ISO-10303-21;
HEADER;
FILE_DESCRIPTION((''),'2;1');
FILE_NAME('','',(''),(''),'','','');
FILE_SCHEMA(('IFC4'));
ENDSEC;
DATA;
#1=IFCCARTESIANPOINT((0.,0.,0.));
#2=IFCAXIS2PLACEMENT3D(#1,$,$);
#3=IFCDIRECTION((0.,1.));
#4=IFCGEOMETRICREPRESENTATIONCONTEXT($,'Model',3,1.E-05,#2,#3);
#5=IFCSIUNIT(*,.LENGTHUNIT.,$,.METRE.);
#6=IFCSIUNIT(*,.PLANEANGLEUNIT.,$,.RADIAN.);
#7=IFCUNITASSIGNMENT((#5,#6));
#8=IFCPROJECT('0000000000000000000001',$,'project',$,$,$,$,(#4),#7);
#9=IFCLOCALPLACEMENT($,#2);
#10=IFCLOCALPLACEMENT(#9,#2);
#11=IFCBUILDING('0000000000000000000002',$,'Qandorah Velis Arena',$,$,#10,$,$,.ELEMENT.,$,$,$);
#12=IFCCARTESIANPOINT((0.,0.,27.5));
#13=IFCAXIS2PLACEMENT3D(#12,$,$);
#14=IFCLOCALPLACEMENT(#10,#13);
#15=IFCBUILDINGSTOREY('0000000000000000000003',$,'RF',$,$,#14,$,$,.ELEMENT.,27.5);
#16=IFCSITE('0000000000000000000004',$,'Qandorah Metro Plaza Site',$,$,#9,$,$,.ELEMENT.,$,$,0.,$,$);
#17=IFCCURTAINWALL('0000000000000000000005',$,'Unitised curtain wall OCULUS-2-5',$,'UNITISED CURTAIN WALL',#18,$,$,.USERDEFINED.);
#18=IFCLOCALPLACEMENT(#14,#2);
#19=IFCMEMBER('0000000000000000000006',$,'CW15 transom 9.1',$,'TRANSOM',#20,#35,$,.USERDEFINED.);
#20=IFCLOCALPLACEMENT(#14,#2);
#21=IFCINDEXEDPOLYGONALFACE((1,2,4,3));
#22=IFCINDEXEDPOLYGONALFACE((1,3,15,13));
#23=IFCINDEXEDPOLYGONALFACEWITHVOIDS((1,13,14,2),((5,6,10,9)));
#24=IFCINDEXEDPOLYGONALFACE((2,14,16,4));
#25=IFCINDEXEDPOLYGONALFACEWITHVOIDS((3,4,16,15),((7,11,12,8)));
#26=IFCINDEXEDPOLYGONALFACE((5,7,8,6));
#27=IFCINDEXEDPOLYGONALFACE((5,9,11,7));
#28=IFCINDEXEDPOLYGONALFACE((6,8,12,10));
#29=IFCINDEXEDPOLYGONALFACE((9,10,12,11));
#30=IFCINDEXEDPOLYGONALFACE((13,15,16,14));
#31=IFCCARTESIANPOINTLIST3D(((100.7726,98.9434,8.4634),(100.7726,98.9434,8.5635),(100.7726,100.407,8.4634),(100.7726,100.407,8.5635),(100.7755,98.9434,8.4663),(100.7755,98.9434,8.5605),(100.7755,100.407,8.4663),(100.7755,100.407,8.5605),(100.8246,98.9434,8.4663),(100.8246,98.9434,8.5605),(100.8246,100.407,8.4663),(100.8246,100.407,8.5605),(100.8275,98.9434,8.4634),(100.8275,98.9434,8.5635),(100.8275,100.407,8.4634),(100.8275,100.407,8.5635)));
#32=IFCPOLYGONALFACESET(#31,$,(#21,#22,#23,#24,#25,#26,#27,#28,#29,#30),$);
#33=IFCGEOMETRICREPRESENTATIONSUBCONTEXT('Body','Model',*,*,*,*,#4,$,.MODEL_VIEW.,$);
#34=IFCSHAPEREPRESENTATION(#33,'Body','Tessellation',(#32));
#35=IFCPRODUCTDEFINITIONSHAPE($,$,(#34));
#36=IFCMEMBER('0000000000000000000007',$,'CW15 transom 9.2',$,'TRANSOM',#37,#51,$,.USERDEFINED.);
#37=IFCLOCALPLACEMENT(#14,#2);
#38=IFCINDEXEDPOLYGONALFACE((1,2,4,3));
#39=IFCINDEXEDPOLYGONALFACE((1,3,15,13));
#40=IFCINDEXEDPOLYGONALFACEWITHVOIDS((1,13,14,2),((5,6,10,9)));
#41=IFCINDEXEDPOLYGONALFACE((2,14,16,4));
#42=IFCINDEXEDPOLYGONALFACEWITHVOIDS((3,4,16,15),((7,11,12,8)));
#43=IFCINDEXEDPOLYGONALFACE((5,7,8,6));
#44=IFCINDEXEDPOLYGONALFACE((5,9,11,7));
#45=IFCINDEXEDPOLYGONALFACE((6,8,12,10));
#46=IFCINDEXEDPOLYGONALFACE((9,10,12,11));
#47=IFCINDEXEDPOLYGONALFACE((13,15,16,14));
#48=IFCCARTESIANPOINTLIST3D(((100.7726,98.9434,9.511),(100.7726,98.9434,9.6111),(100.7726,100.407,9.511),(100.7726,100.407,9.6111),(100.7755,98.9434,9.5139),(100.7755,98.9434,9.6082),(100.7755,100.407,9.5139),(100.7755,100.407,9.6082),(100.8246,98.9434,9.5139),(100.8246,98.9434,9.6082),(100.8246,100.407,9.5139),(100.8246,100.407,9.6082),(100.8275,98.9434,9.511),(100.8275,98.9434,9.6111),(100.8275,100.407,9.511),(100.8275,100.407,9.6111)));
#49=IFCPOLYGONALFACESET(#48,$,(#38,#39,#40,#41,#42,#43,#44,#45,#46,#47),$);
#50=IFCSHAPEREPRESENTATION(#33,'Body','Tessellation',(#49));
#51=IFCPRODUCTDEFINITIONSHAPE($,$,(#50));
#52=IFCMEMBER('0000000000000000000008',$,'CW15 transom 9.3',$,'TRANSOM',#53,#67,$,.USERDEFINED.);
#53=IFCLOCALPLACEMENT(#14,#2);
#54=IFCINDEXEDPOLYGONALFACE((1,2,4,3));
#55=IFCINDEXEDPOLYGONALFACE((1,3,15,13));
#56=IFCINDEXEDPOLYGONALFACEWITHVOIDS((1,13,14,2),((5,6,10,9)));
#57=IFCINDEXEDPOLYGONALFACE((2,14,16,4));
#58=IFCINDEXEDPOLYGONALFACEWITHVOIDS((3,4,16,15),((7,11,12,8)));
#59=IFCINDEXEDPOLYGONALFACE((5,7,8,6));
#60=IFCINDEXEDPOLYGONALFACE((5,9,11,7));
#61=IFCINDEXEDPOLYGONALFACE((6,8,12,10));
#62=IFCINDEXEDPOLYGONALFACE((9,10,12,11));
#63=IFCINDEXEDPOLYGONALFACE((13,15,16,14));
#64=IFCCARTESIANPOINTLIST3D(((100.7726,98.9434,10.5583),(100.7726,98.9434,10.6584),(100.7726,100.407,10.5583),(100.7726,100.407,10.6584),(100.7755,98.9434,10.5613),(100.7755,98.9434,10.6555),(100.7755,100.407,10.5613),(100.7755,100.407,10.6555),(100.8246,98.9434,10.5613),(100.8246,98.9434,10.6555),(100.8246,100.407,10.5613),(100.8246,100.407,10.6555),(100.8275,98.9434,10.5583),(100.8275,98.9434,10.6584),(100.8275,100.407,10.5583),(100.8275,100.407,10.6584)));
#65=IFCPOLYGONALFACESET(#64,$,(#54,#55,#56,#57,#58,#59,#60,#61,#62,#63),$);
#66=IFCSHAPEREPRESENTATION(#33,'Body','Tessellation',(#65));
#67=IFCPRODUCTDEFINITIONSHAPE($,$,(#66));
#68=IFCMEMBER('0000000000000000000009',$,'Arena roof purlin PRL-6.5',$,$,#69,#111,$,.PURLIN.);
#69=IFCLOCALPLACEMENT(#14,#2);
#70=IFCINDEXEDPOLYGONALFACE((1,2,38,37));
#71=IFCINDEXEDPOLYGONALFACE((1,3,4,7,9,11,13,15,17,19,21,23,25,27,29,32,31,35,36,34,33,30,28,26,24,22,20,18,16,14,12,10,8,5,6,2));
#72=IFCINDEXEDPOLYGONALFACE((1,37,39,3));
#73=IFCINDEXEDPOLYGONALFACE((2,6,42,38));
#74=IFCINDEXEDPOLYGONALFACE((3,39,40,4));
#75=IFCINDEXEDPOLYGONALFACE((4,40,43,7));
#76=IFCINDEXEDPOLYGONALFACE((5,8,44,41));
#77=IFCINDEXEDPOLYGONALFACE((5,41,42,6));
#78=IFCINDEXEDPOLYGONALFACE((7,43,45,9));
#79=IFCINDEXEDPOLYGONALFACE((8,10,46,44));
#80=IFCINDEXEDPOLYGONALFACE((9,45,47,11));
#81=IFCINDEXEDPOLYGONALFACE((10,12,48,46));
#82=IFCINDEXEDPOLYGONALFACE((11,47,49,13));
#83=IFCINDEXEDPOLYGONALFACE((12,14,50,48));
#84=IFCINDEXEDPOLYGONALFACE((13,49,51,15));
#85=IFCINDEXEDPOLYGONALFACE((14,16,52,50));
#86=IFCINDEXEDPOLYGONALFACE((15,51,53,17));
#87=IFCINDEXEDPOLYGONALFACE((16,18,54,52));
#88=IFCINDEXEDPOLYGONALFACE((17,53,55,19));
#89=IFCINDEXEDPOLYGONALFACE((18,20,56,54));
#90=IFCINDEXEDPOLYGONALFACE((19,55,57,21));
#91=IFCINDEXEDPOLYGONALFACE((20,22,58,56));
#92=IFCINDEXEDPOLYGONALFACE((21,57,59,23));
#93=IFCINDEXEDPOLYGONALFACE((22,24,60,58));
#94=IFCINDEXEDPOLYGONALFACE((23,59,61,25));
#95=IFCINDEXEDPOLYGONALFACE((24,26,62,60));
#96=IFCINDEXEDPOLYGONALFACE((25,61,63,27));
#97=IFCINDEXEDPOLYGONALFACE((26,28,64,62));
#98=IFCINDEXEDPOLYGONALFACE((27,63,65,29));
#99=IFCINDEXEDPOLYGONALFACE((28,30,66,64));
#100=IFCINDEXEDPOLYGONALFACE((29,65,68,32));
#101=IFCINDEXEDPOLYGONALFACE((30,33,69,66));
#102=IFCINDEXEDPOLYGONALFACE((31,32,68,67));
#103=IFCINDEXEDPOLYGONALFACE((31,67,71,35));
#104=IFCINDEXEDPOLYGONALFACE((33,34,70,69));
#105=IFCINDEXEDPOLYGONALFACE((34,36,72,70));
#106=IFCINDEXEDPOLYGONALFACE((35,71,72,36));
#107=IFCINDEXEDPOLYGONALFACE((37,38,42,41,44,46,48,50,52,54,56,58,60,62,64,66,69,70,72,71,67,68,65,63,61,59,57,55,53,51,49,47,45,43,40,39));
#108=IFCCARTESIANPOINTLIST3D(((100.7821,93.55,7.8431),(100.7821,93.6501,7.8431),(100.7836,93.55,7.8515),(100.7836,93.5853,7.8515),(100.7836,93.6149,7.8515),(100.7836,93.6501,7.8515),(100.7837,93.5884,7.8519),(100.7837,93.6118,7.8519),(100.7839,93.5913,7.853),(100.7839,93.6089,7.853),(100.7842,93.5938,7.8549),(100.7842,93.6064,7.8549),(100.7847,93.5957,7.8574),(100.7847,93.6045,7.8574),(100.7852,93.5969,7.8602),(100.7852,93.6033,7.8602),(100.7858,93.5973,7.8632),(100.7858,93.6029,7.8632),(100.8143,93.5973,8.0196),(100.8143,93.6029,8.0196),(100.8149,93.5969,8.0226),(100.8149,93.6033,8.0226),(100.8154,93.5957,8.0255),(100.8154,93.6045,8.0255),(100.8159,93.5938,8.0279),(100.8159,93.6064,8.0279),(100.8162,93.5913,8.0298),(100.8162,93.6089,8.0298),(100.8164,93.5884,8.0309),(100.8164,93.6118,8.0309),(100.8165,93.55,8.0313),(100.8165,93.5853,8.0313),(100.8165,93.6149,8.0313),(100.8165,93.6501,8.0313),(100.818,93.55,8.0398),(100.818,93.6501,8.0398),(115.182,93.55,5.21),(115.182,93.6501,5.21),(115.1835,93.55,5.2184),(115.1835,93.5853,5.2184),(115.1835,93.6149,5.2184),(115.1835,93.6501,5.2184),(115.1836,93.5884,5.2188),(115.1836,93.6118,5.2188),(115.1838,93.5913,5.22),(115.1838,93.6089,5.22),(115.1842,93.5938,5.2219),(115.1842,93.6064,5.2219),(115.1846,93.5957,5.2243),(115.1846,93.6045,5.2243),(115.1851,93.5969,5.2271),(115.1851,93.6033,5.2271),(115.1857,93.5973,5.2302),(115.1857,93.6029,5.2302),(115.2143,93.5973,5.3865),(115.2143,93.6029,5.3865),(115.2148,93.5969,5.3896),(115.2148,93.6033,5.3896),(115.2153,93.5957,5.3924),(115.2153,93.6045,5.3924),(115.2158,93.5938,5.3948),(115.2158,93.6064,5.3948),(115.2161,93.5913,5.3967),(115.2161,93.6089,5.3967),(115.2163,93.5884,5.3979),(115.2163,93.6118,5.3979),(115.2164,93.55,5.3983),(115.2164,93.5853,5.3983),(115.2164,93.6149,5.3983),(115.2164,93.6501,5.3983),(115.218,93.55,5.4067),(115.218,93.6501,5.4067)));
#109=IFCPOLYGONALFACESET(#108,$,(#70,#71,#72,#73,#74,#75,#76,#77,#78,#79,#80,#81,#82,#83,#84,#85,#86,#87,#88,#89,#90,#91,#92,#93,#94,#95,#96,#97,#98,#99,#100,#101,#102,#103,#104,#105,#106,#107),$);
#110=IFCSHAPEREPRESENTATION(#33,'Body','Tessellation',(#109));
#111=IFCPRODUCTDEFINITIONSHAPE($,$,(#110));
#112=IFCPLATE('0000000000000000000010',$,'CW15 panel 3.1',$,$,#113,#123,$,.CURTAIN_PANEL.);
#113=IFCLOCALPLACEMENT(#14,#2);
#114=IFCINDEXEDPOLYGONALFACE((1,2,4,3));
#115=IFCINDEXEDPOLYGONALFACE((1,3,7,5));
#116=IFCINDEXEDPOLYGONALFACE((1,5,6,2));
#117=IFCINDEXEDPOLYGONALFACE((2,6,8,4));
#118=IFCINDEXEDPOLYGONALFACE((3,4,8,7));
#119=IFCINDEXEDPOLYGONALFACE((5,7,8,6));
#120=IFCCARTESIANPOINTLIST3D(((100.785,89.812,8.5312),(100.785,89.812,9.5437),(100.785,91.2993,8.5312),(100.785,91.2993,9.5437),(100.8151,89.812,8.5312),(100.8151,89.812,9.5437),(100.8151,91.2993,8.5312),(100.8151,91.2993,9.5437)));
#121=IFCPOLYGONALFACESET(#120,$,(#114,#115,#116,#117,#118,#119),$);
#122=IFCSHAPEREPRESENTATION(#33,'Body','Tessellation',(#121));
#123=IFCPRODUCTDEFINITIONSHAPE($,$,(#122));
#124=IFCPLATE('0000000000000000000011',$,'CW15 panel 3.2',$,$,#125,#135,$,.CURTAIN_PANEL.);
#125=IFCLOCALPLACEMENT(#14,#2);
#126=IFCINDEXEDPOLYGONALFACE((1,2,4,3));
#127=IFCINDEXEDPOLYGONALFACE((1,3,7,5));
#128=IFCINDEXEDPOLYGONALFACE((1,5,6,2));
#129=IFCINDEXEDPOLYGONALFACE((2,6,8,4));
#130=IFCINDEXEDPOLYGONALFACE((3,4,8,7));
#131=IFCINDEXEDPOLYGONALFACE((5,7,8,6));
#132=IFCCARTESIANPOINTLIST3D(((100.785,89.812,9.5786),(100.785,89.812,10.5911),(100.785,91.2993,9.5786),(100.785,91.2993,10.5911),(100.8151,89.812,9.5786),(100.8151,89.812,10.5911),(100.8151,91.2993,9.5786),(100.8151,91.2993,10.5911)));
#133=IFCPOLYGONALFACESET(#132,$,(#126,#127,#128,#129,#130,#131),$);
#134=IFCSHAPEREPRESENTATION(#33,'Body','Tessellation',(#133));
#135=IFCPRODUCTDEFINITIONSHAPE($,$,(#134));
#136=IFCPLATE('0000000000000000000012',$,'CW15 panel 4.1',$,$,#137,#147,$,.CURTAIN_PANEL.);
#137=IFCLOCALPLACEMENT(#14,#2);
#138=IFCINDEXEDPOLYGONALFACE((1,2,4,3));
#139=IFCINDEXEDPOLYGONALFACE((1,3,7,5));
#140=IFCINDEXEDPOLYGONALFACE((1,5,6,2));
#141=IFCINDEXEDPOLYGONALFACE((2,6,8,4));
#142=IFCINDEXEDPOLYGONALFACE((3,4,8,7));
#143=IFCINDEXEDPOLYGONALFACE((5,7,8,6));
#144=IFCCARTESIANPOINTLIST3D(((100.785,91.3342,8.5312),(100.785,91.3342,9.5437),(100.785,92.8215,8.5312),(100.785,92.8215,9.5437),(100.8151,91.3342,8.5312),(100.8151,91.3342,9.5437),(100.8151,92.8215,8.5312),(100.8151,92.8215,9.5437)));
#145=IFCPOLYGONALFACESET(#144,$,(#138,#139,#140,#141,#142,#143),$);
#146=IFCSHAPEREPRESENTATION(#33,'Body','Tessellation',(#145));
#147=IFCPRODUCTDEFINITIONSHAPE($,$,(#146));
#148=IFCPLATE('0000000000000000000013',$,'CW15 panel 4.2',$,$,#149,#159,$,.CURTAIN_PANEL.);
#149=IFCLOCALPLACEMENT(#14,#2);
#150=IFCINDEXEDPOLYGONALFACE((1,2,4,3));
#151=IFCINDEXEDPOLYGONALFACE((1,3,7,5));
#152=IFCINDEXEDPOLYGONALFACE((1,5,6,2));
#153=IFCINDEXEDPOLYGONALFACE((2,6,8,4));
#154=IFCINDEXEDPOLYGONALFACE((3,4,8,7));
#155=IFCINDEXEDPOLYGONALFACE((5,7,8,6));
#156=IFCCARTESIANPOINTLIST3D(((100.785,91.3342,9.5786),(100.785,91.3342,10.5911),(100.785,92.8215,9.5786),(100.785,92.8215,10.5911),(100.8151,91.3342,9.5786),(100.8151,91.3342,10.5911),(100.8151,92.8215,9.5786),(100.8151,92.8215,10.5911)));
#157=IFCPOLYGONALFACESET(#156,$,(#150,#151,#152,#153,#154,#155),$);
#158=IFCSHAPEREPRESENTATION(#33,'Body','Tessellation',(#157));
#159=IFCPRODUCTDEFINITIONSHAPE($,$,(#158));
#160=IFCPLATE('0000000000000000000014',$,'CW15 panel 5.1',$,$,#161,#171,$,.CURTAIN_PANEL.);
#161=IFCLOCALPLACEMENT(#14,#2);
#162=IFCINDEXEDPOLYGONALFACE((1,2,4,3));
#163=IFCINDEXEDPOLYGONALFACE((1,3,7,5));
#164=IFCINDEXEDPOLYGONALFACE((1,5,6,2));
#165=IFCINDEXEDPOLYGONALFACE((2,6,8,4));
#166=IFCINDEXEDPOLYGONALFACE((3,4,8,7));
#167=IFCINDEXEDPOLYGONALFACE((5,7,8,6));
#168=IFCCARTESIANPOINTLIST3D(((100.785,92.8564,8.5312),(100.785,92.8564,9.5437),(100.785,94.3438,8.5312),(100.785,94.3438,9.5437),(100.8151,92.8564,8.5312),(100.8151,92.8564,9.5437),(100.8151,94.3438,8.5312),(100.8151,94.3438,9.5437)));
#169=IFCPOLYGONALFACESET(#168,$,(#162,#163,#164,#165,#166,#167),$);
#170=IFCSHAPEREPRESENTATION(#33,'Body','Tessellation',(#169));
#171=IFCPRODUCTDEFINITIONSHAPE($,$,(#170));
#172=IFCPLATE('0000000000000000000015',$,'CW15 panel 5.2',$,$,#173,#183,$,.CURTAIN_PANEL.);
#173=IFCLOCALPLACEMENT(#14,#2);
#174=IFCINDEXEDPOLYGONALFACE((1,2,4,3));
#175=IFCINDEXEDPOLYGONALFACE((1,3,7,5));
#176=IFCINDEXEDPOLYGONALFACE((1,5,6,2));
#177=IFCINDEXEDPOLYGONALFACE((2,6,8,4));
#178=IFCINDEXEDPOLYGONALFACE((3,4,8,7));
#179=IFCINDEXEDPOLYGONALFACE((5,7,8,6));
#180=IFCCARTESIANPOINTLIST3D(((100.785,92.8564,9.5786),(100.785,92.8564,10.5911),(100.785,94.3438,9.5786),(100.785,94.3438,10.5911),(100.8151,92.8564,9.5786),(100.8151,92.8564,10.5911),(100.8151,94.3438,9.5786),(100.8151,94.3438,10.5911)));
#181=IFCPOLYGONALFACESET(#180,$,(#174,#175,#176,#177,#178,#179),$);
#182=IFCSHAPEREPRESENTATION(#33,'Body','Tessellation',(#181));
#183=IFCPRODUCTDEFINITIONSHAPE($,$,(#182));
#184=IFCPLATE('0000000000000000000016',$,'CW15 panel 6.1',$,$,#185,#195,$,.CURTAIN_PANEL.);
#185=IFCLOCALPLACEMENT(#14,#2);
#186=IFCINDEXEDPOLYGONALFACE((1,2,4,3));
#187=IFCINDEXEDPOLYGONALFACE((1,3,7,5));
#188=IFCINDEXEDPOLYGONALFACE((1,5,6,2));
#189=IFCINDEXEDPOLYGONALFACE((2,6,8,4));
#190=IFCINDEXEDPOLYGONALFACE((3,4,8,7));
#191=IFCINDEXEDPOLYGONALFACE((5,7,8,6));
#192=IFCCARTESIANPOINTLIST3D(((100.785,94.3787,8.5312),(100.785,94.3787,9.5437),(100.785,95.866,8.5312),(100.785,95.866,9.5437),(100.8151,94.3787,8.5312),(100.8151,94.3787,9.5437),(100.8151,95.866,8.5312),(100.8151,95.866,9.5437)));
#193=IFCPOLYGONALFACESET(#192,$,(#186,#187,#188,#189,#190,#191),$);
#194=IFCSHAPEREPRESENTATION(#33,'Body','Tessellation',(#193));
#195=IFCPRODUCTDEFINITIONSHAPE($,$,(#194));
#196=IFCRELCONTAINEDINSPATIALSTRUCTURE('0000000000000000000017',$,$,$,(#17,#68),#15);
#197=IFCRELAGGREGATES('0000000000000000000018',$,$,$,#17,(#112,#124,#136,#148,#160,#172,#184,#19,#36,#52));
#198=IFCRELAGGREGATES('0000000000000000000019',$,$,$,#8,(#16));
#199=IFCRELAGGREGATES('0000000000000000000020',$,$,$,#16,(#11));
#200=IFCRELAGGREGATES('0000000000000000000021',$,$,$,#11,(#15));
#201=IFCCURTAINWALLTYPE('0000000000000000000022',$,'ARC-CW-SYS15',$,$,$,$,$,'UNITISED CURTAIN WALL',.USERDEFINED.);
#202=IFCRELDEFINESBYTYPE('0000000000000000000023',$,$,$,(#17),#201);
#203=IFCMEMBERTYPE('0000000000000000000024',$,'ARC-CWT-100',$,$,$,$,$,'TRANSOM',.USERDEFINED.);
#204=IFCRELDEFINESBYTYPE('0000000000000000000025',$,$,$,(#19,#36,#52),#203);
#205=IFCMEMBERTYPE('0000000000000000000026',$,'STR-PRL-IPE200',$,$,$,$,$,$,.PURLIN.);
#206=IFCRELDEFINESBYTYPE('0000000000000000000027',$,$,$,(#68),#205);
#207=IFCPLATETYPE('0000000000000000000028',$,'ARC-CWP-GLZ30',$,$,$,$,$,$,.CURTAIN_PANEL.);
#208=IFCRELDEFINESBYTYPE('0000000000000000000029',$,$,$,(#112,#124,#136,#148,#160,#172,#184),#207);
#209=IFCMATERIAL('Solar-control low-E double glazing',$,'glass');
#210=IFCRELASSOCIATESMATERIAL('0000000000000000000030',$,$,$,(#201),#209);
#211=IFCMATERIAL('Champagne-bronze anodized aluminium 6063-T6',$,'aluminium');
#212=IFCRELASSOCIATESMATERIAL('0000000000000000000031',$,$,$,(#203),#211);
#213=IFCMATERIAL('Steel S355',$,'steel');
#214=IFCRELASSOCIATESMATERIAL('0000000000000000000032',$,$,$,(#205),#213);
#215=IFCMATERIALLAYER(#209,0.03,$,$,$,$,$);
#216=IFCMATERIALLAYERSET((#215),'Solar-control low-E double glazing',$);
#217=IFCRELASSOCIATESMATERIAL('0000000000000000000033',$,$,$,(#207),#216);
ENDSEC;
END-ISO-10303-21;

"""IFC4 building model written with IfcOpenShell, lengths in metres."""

from ifc_helpers import new_model, si_unit, direction, frame, origin, origin_2d, place, context, subcontext, project, spatial, rectangle, hollow_rectangle, i_section, extrude, material, layer, layer_set, material_profile, profile_set, type_object, element, aggregate, save


model = new_model("IFC4")

# Units and contexts
model_context = context("Model", 3, precision=1e-05, world=origin(), true_north=direction((0.0, 1.0)))
body_context = subcontext(model_context, "Body", "Model", "MODEL_VIEW")
ifc_project = project(units=[si_unit("LENGTHUNIT", "METRE"), si_unit("PLANEANGLEUNIT", "RADIAN")], contexts=[model_context])

# Site, building, storey
site_placement = place(None, origin())
site = spatial("IfcSite", under=ifc_project, at=site_placement, Name="Qandorah Metro Plaza Site", CompositionType="ELEMENT", RefElevation=0.0)
building_placement = place(site_placement, origin())
building = spatial("IfcBuilding", under=site, at=building_placement, Name="Qandorah Velis Arena", CompositionType="ELEMENT")
storey_placement = place(building_placement, frame((0.0, 0.0, 27.5)))
storey = spatial("IfcBuildingStorey", under=building, at=storey_placement, Name="RF", CompositionType="ELEMENT", Elevation=27.5)

# Curtain wall, members
ifc_material_1 = material(Name="Solar-control low-E double glazing", Category="glass")
curtain_wall_type = type_object("IfcCurtainWallType", Name="ARC-CW-SYS15", ElementType="UNITISED CURTAIN WALL", PredefinedType="USERDEFINED", material=ifc_material_1)
curtain_wall_placement = place(storey_placement, origin())
curtain_wall = element("IfcCurtainWall", 1, at=curtain_wall_placement, inside=storey, type_object=curtain_wall_type, Name="Unitised curtain wall OCULUS-2-5", ObjectType="UNITISED CURTAIN WALL", PredefinedType="USERDEFINED")
ifc_material_2 = material(Name="Champagne-bronze anodized aluminium 6063-T6", Category="aluminium")
ifc_material_profile_1 = material_profile(ifc_material_2, hollow_rectangle(XDim=0.0549, YDim=0.1001, WallThickness=0.0029, at=origin_2d()), Name="ALU TRANSOM 55x100")
ifc_profile_set_1 = profile_set([ifc_material_profile_1], Name="Champagne-bronze anodized aluminium 6063-T6")
member_type_1 = type_object("IfcMemberType", Name="ARC-CWT-100", ElementType="TRANSOM", PredefinedType="USERDEFINED", material=ifc_profile_set_1)
member_1_placement = place(storey_placement, frame((100.8, 98.9434, 8.5134), z_axis=(0.0, 1.0, 0.0), x_axis=(-1.0, 0.0, 0.0)))
member_1 = element("IfcMember", 2, at=member_1_placement, type_object=member_type_1, Name="CW15 transom 9.1", ObjectType="TRANSOM", PredefinedType="USERDEFINED", context=body_context, shape_type="SweptSolid", body=[
    extrude(hollow_rectangle(XDim=0.0549, YDim=0.1001, WallThickness=0.0029, at=origin_2d()), origin(), (0.0, 0.0, 1.0), 1.4636),
])
member_2_placement = place(storey_placement, frame((100.8, 98.9434, 9.561), z_axis=(0.0, 1.0, 0.0), x_axis=(-1.0, 0.0, 0.0)))
member_2 = element("IfcMember", 3, at=member_2_placement, type_object=member_type_1, Name="CW15 transom 9.2", ObjectType="TRANSOM", PredefinedType="USERDEFINED", context=body_context, shape_type="SweptSolid", body=[
    extrude(hollow_rectangle(XDim=0.0549, YDim=0.1001, WallThickness=0.0029, at=origin_2d()), origin(), (0.0, 0.0, 1.0), 1.4636),
])
member_3_placement = place(storey_placement, frame((100.8, 98.9434, 10.6084), z_axis=(0.0, 1.0, 0.0), x_axis=(-1.0, 0.0, 0.0)))
member_3 = element("IfcMember", 4, at=member_3_placement, type_object=member_type_1, Name="CW15 transom 9.3", ObjectType="TRANSOM", PredefinedType="USERDEFINED", context=body_context, shape_type="SweptSolid", body=[
    extrude(hollow_rectangle(XDim=0.0549, YDim=0.1001, WallThickness=0.0029, at=origin_2d()), origin(), (0.0, 0.0, 1.0), 1.4636),
])

# Member
ifc_material_3 = material(Name="Steel S355", Category="steel")
ifc_material_profile_2 = material_profile(ifc_material_3, i_section(OverallWidth=0.1001, OverallDepth=0.2, WebThickness=0.0056, FlangeThickness=0.0085, FilletRadius=0.012, at=origin_2d()), Name="IPE 200")
ifc_profile_set_2 = profile_set([ifc_material_profile_2], Name="Steel S355")
member_type_2 = type_object("IfcMemberType", Name="STR-PRL-IPE200", PredefinedType="PURLIN", material=ifc_profile_set_2)
member_4_placement = place(storey_placement, frame((100.8, 93.6001, 7.9414), z_axis=(0.98369, 0.0, -0.17987), x_axis=(0.0, 1.0, 0.0)))
element("IfcMember", 5, at=member_4_placement, inside=storey, type_object=member_type_2, Name="Arena roof purlin PRL-6.5", PredefinedType="PURLIN", context=body_context, shape_type="SweptSolid", body=[
    extrude(i_section(OverallWidth=0.1001, OverallDepth=0.2, WebThickness=0.0056, FlangeThickness=0.0085, FilletRadius=0.012, at=origin_2d()), origin(), (0.0, 0.0, 1.0), 14.6387),
])

# Plates
ifc_layer = layer(ifc_material_1, 0.03)
ifc_layer_set = layer_set([ifc_layer], Name="Solar-control low-E double glazing")
plate_type = type_object("IfcPlateType", Name="ARC-CWP-GLZ30", PredefinedType="CURTAIN_PANEL", material=ifc_layer_set)
plate_1_placement = place(storey_placement, frame((100.8, 90.5557, 8.5312), z_axis=(0.0, 0.0, 1.0), x_axis=(0.0, 1.0, 0.0)))
plate_1 = element("IfcPlate", 6, at=plate_1_placement, type_object=plate_type, Name="CW15 panel 3.1", PredefinedType="CURTAIN_PANEL", context=body_context, shape_type="SweptSolid", body=[
    extrude(rectangle(XDim=1.4873, YDim=0.03, at=origin_2d()), origin(), (0.0, 0.0, 1.0), 1.0125),
])
plate_2_placement = place(storey_placement, frame((100.8, 90.5557, 9.5786), z_axis=(0.0, 0.0, 1.0), x_axis=(0.0, 1.0, 0.0)))
plate_2 = element("IfcPlate", 7, at=plate_2_placement, type_object=plate_type, Name="CW15 panel 3.2", PredefinedType="CURTAIN_PANEL", context=body_context, shape_type="SweptSolid", body=[
    extrude(rectangle(XDim=1.4873, YDim=0.03, at=origin_2d()), origin(), (0.0, 0.0, 1.0), 1.0125),
])
plate_3_placement = place(storey_placement, frame((100.8, 92.0779, 8.5312), z_axis=(0.0, 0.0, 1.0), x_axis=(0.0, 1.0, 0.0)))
plate_3 = element("IfcPlate", 8, at=plate_3_placement, type_object=plate_type, Name="CW15 panel 4.1", PredefinedType="CURTAIN_PANEL", context=body_context, shape_type="SweptSolid", body=[
    extrude(rectangle(XDim=1.4873, YDim=0.03, at=origin_2d()), origin(), (0.0, 0.0, 1.0), 1.0125),
])
plate_4_placement = place(storey_placement, frame((100.8, 92.0779, 9.5786), z_axis=(0.0, 0.0, 1.0), x_axis=(0.0, 1.0, 0.0)))
plate_4 = element("IfcPlate", 9, at=plate_4_placement, type_object=plate_type, Name="CW15 panel 4.2", PredefinedType="CURTAIN_PANEL", context=body_context, shape_type="SweptSolid", body=[
    extrude(rectangle(XDim=1.4873, YDim=0.03, at=origin_2d()), origin(), (0.0, 0.0, 1.0), 1.0125),
])
plate_5_placement = place(storey_placement, frame((100.8, 93.6001, 8.5312), z_axis=(0.0, 0.0, 1.0), x_axis=(0.0, 1.0, 0.0)))
plate_5 = element("IfcPlate", 10, at=plate_5_placement, type_object=plate_type, Name="CW15 panel 5.1", PredefinedType="CURTAIN_PANEL", context=body_context, shape_type="SweptSolid", body=[
    extrude(rectangle(XDim=1.4873, YDim=0.03, at=origin_2d()), origin(), (0.0, 0.0, 1.0), 1.0125),
])
plate_6_placement = place(storey_placement, frame((100.8, 93.6001, 9.5786), z_axis=(0.0, 0.0, 1.0), x_axis=(0.0, 1.0, 0.0)))
plate_6 = element("IfcPlate", 11, at=plate_6_placement, type_object=plate_type, Name="CW15 panel 5.2", PredefinedType="CURTAIN_PANEL", context=body_context, shape_type="SweptSolid", body=[
    extrude(rectangle(XDim=1.4873, YDim=0.03, at=origin_2d()), origin(), (0.0, 0.0, 1.0), 1.0125),
])
plate_7_placement = place(storey_placement, frame((100.8, 95.1223, 8.5312), z_axis=(0.0, 0.0, 1.0), x_axis=(0.0, 1.0, 0.0)))
plate_7 = element("IfcPlate", 12, at=plate_7_placement, type_object=plate_type, Name="CW15 panel 6.1", PredefinedType="CURTAIN_PANEL", context=body_context, shape_type="SweptSolid", body=[
    extrude(rectangle(XDim=1.4873, YDim=0.03, at=origin_2d()), origin(), (0.0, 0.0, 1.0), 1.0125),
])
aggregate(curtain_wall, [plate_1, plate_2, plate_3, plate_4, plate_5, plate_6, plate_7, member_1, member_2, member_3])

save(model, "model.ifc")
